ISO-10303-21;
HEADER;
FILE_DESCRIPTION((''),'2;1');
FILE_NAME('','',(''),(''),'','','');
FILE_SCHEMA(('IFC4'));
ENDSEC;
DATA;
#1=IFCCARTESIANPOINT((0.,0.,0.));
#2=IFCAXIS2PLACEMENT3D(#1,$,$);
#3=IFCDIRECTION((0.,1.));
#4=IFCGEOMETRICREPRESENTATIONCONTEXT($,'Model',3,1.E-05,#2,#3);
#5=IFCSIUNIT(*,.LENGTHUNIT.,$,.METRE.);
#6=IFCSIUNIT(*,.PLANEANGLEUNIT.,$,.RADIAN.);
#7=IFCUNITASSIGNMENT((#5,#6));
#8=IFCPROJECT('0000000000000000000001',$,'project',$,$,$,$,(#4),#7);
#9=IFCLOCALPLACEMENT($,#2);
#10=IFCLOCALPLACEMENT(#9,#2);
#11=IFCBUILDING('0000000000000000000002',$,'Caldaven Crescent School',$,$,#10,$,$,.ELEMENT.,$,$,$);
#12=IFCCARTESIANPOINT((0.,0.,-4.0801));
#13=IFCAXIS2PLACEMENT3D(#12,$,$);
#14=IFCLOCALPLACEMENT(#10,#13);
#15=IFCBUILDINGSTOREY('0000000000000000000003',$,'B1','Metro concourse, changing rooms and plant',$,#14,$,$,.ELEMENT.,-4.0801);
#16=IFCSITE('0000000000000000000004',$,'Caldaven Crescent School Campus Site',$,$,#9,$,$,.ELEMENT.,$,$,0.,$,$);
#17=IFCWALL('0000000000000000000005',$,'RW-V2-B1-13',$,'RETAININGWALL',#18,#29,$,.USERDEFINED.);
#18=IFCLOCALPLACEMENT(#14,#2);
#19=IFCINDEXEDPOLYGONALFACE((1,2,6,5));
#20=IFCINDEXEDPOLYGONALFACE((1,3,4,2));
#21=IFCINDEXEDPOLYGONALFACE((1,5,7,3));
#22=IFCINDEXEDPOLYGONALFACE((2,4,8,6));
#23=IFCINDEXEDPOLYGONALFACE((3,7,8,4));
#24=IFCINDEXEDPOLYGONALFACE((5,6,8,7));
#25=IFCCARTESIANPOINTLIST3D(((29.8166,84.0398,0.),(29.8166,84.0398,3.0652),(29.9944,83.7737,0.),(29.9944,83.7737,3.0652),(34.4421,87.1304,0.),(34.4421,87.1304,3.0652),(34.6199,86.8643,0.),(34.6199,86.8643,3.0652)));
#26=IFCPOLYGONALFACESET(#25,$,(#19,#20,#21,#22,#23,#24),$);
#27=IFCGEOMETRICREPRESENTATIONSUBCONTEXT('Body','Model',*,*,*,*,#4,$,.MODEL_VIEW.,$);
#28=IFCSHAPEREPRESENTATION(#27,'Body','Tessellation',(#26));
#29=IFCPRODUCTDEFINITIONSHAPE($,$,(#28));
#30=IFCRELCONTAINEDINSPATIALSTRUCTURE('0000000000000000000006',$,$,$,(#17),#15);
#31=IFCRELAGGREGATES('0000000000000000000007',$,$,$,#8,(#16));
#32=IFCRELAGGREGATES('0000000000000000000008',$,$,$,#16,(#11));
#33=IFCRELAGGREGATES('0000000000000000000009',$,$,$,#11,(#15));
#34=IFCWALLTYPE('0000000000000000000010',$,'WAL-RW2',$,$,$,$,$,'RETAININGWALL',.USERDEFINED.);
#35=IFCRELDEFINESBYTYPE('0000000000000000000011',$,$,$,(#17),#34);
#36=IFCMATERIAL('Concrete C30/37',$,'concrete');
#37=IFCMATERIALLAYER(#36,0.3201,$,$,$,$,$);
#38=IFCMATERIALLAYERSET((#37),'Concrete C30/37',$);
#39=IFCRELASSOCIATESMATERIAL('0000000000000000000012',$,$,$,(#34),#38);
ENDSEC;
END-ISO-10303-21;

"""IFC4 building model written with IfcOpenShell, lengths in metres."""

from ifc_helpers import new_model, si_unit, direction, frame, frame_2d, origin, place, context, subcontext, project, spatial, rectangle, extrude, material, layer, layer_set, type_object, element, save


model = new_model("IFC4")

# Units and contexts
model_context = context("Model", 3, precision=1e-05, world=origin(), true_north=direction((0.0, 1.0)))
body_context = subcontext(model_context, "Body", "Model", "MODEL_VIEW")
ifc_project = project(units=[si_unit("LENGTHUNIT", "METRE"), si_unit("PLANEANGLEUNIT", "RADIAN")], contexts=[model_context])

# Site, building, storey
site_placement = place(None, origin())
site = spatial("IfcSite", under=ifc_project, at=site_placement, Name="Caldaven Crescent School Campus Site", CompositionType="ELEMENT", RefElevation=0.0)
building_placement = place(site_placement, origin())
building = spatial("IfcBuilding", under=site, at=building_placement, Name="Caldaven Crescent School", CompositionType="ELEMENT")
storey_placement = place(building_placement, frame((0.0, 0.0, -4.0801)))
storey = spatial("IfcBuildingStorey", under=building, at=storey_placement, Name="B1", Description="Metro concourse, changing rooms and plant", CompositionType="ELEMENT", Elevation=-4.0801)

# Shared definitions
ifc_material_1 = material(Name="Concrete C30/37", Category="concrete")

# Wall
ifc_layer_1 = layer(ifc_material_1, 0.3201)
ifc_layer_set_1 = layer_set([ifc_layer_1], Name="Concrete C30/37")
wall_type_1 = type_object("IfcWallType", Name="WAL-RW2", ElementType="RETAININGWALL", PredefinedType="USERDEFINED", material=ifc_layer_set_1)
for number, where, z_axis, x_axis, name in (
    (1, (29.9055, 83.9067, 0.0), (0.0, 0.0, 1.0), (0.831476, 0.555561, 0.0), "RW-V2-B1-13"),
):
    element("IfcWall", number, at=place(storey_placement, frame(where, z_axis=z_axis, x_axis=x_axis)), inside=storey, type_object=wall_type_1, Name=name, ObjectType="RETAININGWALL", PredefinedType="USERDEFINED", context=body_context, shape_type="SweptSolid", body=[
        extrude(rectangle(XDim=5.563, YDim=0.3201, at=frame_2d((2.7815, 0.0))), origin(), (0.0, 0.0, 1.0), 3.0652),
    ])

save(model, "model.ifc")
